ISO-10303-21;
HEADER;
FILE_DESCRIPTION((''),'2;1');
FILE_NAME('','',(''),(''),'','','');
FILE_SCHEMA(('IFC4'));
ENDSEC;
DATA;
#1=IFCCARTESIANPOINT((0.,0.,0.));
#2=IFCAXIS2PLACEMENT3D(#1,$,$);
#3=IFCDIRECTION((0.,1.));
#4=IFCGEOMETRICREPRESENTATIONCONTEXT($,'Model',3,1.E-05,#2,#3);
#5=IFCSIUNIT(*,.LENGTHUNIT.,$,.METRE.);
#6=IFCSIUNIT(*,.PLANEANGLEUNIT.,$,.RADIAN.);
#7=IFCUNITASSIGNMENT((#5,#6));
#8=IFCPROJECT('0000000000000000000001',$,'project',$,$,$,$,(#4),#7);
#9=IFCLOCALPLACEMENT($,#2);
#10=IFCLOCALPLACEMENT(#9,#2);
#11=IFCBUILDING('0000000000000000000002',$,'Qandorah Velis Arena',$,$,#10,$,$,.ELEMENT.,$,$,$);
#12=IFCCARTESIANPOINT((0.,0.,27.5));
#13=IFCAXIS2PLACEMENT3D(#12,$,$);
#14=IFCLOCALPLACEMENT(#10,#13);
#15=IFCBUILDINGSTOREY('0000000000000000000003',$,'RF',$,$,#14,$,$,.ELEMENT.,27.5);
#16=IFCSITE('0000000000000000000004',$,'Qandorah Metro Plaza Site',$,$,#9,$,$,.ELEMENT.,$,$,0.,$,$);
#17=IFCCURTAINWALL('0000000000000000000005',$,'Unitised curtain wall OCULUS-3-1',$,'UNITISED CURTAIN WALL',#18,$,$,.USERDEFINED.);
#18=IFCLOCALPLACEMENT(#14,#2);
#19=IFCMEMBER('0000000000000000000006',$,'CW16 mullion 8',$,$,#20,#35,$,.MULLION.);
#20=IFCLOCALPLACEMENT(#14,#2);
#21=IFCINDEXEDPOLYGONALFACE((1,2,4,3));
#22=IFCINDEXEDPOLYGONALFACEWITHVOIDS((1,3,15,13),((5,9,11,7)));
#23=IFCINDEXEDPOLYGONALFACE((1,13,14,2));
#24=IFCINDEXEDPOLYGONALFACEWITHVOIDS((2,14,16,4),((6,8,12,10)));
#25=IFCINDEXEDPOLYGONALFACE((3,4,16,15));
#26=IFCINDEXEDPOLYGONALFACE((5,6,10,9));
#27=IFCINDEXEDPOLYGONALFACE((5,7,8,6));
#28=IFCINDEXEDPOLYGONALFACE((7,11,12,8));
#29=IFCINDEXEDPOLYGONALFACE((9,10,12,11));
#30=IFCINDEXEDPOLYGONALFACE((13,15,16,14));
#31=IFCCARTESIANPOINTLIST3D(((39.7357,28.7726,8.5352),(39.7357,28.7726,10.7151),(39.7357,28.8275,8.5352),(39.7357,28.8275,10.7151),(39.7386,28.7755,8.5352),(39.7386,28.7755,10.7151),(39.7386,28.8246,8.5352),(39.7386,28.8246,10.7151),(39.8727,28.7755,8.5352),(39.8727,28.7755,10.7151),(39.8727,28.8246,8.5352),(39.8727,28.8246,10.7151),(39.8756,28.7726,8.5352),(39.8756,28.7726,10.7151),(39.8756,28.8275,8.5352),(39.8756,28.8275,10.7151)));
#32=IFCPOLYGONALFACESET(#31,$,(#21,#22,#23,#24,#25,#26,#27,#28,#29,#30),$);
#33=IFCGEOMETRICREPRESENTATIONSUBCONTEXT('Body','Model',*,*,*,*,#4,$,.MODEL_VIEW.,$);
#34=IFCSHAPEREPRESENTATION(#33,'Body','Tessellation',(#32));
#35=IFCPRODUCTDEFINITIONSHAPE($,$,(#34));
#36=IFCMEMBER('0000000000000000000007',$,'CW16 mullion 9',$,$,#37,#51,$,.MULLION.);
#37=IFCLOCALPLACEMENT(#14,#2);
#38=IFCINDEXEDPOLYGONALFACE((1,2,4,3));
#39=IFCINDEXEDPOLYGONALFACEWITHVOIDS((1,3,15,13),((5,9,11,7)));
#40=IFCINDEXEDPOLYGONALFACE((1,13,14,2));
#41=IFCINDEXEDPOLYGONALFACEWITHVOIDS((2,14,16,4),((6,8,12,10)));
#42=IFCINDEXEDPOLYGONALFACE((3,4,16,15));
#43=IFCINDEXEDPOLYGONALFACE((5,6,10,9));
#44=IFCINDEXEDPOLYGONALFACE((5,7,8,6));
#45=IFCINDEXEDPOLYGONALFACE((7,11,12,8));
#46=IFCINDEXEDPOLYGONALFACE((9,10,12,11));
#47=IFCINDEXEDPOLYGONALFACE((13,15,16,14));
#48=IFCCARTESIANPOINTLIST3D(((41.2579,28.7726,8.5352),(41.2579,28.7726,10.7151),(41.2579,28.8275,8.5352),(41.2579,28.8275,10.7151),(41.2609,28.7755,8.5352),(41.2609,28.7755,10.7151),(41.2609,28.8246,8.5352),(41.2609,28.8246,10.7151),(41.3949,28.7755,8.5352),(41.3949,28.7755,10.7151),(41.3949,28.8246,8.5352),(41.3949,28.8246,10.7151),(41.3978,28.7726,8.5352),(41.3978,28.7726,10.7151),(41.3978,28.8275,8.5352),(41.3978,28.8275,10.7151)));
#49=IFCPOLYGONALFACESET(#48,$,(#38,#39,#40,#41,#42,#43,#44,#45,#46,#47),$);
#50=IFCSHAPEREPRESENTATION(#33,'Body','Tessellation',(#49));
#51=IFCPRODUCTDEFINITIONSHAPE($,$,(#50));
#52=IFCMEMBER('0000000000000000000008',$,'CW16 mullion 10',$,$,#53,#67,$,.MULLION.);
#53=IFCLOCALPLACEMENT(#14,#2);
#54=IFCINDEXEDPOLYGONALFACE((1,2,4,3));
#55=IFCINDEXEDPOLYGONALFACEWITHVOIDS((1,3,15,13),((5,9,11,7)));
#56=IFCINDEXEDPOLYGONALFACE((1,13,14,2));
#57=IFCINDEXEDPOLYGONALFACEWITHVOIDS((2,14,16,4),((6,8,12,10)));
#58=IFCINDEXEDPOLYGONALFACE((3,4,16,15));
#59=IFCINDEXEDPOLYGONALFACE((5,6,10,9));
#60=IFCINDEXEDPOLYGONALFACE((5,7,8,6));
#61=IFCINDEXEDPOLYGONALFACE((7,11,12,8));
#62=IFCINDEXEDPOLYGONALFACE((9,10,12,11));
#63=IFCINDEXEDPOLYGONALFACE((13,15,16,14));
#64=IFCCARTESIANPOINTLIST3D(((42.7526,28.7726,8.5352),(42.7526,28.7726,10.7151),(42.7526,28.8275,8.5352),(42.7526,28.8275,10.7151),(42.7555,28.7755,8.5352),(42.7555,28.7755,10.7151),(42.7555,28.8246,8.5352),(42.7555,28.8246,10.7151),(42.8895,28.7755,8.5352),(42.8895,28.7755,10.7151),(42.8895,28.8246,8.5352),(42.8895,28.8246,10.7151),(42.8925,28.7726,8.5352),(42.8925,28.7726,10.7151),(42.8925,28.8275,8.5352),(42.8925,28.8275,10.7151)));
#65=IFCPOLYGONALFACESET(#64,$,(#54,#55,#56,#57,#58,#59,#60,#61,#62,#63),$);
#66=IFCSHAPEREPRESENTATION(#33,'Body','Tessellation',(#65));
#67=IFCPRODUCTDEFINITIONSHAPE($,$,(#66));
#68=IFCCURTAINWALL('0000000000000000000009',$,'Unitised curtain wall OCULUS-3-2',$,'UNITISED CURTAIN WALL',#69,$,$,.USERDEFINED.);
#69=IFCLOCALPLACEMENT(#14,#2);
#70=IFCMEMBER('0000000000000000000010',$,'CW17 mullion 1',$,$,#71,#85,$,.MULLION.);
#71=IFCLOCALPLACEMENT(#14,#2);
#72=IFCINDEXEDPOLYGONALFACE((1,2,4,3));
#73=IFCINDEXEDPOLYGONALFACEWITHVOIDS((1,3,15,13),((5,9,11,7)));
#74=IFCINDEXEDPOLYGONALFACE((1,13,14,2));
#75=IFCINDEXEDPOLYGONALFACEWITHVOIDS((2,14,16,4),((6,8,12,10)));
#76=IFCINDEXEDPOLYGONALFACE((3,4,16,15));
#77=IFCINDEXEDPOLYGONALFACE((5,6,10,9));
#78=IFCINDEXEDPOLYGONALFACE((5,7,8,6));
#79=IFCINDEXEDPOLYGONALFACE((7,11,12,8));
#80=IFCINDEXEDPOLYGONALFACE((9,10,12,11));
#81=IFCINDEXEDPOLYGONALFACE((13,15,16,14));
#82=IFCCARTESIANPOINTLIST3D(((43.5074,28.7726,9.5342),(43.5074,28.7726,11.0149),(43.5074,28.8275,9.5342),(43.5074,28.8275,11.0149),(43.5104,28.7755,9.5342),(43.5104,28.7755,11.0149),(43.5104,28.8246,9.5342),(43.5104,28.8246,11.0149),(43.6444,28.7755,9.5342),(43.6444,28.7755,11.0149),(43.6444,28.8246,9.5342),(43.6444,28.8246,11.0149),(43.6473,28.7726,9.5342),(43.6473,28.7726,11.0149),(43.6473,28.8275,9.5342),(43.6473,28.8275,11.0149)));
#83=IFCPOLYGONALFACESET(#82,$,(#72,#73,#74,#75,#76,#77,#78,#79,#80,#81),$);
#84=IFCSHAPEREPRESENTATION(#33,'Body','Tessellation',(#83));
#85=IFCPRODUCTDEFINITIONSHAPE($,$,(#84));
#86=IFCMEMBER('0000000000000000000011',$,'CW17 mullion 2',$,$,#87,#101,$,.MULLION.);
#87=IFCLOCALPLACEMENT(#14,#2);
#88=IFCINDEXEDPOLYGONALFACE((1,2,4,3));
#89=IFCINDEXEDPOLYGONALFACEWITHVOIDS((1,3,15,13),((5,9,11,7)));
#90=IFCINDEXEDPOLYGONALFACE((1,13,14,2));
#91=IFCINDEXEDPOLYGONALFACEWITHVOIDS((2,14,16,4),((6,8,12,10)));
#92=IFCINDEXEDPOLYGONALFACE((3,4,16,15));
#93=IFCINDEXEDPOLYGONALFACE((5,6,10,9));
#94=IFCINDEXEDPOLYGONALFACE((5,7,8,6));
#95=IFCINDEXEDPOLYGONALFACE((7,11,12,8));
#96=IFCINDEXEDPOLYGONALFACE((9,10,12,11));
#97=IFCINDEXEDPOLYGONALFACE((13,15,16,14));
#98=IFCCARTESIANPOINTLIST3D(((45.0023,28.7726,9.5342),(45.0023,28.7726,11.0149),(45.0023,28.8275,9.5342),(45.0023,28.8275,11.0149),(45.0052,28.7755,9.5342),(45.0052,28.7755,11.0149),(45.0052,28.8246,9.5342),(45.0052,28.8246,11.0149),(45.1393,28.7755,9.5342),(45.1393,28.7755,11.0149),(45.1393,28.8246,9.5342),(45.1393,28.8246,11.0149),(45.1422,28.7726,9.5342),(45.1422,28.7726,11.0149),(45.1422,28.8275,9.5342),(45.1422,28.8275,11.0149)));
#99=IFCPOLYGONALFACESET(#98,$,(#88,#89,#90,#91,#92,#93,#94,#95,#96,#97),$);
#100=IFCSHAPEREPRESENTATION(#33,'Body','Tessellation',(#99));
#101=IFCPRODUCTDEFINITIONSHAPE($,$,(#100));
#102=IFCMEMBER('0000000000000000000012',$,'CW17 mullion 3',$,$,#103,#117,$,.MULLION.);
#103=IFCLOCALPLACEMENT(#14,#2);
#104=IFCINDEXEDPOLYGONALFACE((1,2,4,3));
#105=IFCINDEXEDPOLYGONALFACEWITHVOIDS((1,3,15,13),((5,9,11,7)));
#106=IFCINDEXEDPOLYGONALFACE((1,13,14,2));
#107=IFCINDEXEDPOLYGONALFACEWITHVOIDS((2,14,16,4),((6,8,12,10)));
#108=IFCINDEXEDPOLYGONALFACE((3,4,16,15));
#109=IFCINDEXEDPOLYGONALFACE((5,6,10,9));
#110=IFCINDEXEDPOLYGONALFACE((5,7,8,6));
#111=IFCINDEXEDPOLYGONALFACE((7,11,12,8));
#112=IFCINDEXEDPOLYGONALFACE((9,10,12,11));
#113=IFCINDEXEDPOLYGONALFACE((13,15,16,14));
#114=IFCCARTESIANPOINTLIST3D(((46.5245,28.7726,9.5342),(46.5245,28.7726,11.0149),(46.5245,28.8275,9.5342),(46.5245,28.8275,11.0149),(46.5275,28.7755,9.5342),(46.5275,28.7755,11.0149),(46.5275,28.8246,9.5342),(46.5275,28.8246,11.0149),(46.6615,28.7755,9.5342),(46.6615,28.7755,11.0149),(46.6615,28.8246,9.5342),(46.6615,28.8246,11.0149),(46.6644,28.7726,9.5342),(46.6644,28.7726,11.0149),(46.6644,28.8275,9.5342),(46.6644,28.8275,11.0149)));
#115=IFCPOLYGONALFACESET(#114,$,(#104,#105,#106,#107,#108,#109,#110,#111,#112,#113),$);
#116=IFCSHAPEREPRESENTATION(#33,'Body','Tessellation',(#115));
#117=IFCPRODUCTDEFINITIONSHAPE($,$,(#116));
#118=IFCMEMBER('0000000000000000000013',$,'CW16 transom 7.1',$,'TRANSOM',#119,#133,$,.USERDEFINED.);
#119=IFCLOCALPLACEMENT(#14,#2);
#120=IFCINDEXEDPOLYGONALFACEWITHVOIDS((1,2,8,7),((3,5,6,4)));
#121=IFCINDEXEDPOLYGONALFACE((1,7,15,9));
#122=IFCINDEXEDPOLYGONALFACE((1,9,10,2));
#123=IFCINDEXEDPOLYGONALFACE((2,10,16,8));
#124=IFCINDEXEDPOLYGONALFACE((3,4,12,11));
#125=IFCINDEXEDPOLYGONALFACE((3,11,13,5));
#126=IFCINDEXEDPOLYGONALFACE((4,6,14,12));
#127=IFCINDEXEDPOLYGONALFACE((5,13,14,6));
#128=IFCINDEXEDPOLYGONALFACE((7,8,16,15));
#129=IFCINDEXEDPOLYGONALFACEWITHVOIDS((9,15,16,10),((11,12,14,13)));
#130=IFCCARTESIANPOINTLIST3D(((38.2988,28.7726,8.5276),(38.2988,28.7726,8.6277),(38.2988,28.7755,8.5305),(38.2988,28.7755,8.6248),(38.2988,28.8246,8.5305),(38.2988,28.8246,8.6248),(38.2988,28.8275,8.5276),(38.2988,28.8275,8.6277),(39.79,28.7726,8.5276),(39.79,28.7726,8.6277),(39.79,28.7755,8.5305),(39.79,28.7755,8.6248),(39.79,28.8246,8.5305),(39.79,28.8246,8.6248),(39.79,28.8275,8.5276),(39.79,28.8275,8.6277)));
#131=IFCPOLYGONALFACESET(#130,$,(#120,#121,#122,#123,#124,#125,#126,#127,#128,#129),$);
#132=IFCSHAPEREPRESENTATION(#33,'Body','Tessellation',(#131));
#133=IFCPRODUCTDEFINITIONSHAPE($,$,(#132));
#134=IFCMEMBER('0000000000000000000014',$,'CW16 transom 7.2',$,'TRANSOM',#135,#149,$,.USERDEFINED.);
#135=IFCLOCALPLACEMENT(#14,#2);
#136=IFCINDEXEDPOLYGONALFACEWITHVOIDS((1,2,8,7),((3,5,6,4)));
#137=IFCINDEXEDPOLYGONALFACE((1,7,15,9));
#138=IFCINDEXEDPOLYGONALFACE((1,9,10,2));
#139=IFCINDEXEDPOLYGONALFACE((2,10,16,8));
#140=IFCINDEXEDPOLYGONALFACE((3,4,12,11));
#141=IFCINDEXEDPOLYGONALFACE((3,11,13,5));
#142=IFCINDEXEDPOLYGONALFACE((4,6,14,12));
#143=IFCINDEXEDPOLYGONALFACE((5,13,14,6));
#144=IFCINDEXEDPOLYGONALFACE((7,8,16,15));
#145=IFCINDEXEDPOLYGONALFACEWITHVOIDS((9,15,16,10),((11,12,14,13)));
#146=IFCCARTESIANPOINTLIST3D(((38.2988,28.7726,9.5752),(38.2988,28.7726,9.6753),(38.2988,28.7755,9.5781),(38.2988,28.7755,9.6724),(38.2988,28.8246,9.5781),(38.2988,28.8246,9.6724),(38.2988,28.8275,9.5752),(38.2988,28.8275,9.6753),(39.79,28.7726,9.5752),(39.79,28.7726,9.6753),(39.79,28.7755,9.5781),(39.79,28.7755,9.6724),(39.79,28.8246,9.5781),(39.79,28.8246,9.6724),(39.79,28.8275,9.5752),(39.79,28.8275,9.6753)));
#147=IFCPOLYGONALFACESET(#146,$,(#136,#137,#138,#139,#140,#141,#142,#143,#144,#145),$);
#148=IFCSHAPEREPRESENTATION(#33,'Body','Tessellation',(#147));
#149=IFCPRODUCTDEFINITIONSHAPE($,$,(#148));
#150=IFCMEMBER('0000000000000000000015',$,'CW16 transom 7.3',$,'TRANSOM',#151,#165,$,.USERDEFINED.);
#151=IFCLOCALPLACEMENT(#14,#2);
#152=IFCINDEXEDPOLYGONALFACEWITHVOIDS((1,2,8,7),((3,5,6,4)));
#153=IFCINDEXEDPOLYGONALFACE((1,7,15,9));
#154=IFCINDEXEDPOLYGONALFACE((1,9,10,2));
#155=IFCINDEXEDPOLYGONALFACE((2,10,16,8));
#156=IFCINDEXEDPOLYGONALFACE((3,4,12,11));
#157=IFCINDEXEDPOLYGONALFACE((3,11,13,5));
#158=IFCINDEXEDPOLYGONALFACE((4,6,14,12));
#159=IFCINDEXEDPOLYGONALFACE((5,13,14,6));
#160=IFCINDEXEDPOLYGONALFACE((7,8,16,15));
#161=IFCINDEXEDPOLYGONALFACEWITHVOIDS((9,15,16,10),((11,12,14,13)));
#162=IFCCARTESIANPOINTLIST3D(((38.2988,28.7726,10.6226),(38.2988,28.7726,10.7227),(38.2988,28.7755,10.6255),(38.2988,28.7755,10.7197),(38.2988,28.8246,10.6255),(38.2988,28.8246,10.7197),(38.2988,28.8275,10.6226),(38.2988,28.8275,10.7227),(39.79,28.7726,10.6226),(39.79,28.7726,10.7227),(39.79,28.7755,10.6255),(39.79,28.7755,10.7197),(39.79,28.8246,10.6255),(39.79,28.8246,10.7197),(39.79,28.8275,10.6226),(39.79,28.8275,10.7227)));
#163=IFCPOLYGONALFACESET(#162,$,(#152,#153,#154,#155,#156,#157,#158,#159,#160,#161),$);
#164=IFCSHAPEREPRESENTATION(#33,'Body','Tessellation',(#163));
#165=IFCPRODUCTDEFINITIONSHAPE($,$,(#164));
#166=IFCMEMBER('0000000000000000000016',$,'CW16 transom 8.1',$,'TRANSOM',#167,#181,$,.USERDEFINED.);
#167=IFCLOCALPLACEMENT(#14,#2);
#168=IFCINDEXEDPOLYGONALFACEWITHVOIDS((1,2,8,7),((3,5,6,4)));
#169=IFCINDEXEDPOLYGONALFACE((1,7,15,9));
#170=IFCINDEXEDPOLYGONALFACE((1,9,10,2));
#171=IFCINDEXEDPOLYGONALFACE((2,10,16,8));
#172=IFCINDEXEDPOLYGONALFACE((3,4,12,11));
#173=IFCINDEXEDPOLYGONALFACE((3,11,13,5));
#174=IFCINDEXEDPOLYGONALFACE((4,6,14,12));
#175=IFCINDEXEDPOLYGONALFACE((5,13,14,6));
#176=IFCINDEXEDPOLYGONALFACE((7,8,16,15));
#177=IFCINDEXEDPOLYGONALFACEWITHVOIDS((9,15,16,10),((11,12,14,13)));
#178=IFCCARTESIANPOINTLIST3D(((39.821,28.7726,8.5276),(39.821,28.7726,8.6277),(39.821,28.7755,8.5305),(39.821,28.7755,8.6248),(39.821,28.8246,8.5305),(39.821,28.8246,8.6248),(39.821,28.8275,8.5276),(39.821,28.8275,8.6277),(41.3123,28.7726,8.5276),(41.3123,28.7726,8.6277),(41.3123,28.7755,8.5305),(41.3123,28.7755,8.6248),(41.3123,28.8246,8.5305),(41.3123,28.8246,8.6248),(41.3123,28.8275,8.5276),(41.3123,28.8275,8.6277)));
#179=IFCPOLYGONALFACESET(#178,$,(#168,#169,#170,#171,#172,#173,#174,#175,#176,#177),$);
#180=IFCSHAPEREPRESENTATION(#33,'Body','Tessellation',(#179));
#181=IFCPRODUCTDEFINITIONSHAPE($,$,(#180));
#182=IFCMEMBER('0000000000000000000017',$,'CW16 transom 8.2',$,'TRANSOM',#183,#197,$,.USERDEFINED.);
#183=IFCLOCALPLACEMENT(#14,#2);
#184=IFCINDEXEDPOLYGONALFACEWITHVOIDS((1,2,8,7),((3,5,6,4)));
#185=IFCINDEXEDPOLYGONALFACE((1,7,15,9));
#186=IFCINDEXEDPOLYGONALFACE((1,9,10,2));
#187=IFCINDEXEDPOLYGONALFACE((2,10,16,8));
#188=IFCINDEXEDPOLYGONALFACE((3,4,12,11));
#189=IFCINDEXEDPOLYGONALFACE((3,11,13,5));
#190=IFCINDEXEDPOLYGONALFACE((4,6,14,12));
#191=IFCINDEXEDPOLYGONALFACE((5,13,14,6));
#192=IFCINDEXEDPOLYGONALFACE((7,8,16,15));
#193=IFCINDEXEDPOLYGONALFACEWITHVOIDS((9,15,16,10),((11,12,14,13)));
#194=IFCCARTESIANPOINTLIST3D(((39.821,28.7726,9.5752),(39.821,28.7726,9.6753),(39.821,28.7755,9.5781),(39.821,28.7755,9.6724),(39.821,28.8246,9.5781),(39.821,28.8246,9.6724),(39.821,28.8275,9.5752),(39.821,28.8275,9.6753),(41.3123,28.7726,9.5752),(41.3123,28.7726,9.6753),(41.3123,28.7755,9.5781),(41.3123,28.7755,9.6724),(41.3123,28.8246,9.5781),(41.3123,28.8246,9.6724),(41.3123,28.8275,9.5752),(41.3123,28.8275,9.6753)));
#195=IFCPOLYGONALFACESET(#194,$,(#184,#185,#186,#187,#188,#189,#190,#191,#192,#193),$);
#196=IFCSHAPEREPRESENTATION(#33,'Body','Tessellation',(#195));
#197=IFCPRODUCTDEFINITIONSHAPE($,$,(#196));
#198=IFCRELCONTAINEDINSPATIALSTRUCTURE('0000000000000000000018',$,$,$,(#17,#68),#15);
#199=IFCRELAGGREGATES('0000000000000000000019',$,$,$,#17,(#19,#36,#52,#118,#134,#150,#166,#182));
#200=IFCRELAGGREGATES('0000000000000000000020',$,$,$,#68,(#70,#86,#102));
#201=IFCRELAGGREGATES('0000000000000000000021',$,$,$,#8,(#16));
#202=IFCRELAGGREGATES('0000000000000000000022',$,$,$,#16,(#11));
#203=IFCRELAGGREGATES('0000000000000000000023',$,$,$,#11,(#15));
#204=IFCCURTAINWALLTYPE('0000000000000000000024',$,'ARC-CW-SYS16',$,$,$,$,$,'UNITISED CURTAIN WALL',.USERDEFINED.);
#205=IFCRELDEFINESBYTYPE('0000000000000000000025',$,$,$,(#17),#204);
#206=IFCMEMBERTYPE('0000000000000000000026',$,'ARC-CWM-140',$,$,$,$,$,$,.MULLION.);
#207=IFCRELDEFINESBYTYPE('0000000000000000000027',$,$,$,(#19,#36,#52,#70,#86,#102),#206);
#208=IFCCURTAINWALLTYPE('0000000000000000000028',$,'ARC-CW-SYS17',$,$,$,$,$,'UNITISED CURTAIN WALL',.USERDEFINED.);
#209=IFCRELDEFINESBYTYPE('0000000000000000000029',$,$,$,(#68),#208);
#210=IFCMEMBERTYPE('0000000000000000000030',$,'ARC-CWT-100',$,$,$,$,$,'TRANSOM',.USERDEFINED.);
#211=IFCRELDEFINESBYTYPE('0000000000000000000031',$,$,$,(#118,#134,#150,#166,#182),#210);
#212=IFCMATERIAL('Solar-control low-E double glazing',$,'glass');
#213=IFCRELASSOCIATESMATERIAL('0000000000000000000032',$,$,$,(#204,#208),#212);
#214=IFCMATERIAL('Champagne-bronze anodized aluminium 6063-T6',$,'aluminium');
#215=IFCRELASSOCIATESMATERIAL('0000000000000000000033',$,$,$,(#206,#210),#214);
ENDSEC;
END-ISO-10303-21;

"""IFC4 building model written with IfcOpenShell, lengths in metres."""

from ifc_helpers import new_model, si_unit, direction, frame, origin, origin_2d, place, context, subcontext, project, spatial, hollow_rectangle, extrude, material, material_profile, profile_set, type_object, element, aggregate, save


model = new_model("IFC4")

# Units and contexts
model_context = context("Model", 3, precision=1e-05, world=origin(), true_north=direction((0.0, 1.0)))
body_context = subcontext(model_context, "Body", "Model", "MODEL_VIEW")
ifc_project = project(units=[si_unit("LENGTHUNIT", "METRE"), si_unit("PLANEANGLEUNIT", "RADIAN")], contexts=[model_context])

# Site, building, storey
site_placement = place(None, origin())
site = spatial("IfcSite", under=ifc_project, at=site_placement, Name="Qandorah Metro Plaza Site", CompositionType="ELEMENT", RefElevation=0.0)
building_placement = place(site_placement, origin())
building = spatial("IfcBuilding", under=site, at=building_placement, Name="Qandorah Velis Arena", CompositionType="ELEMENT")
storey_placement = place(building_placement, frame((0.0, 0.0, 27.5)))
storey = spatial("IfcBuildingStorey", under=building, at=storey_placement, Name="RF", CompositionType="ELEMENT", Elevation=27.5)

# Curtain walls, members
ifc_material_1 = material(Name="Solar-control low-E double glazing", Category="glass")
curtain_wall_type_1 = type_object("IfcCurtainWallType", Name="ARC-CW-SYS16", ElementType="UNITISED CURTAIN WALL", PredefinedType="USERDEFINED", material=ifc_material_1)
curtain_wall_1_placement = place(storey_placement, origin())
curtain_wall_1 = element("IfcCurtainWall", 1, at=curtain_wall_1_placement, inside=storey, type_object=curtain_wall_type_1, Name="Unitised curtain wall OCULUS-3-1", ObjectType="UNITISED CURTAIN WALL", PredefinedType="USERDEFINED")
ifc_material_2 = material(Name="Champagne-bronze anodized aluminium 6063-T6", Category="aluminium")
ifc_material_profile_1 = material_profile(ifc_material_2, hollow_rectangle(XDim=0.0549, YDim=0.1399, WallThickness=0.0029, at=origin_2d()), Name="ALU MULLION 55x140")
ifc_profile_set_1 = profile_set([ifc_material_profile_1], Name="Champagne-bronze anodized aluminium 6063-T6")
member_type_1 = type_object("IfcMemberType", Name="ARC-CWM-140", PredefinedType="MULLION", material=ifc_profile_set_1)
member_1_placement = place(storey_placement, frame((39.8057, 28.8, 8.5352), z_axis=(0.0, 0.0, 1.0), x_axis=(0.0, 1.0, 0.0)))
member_1 = element("IfcMember", 2, at=member_1_placement, type_object=member_type_1, Name="CW16 mullion 8", PredefinedType="MULLION", context=body_context, shape_type="SweptSolid", body=[
    extrude(hollow_rectangle(XDim=0.0549, YDim=0.1399, WallThickness=0.0029, at=origin_2d()), origin(), (0.0, 0.0, 1.0), 2.1799),
])
member_2_placement = place(storey_placement, frame((41.3279, 28.8, 8.5352), z_axis=(0.0, 0.0, 1.0), x_axis=(0.0, 1.0, 0.0)))
member_2 = element("IfcMember", 3, at=member_2_placement, type_object=member_type_1, Name="CW16 mullion 9", PredefinedType="MULLION", context=body_context, shape_type="SweptSolid", body=[
    extrude(hollow_rectangle(XDim=0.0549, YDim=0.1399, WallThickness=0.0029, at=origin_2d()), origin(), (0.0, 0.0, 1.0), 2.1799),
])
member_3_placement = place(storey_placement, frame((42.8225, 28.8, 8.5352), z_axis=(0.0, 0.0, 1.0), x_axis=(0.0, 1.0, 0.0)))
member_3 = element("IfcMember", 4, at=member_3_placement, type_object=member_type_1, Name="CW16 mullion 10", PredefinedType="MULLION", context=body_context, shape_type="SweptSolid", body=[
    extrude(hollow_rectangle(XDim=0.0549, YDim=0.1399, WallThickness=0.0029, at=origin_2d()), origin(), (0.0, 0.0, 1.0), 2.1799),
])
curtain_wall_type_2 = type_object("IfcCurtainWallType", Name="ARC-CW-SYS17", ElementType="UNITISED CURTAIN WALL", PredefinedType="USERDEFINED", material=ifc_material_1)
curtain_wall_2_placement = place(storey_placement, origin())
curtain_wall_2 = element("IfcCurtainWall", 5, at=curtain_wall_2_placement, inside=storey, type_object=curtain_wall_type_2, Name="Unitised curtain wall OCULUS-3-2", ObjectType="UNITISED CURTAIN WALL", PredefinedType="USERDEFINED")
member_4_placement = place(storey_placement, frame((43.5774, 28.8, 9.5342), z_axis=(0.0, 0.0, 1.0), x_axis=(0.0, 1.0, 0.0)))
member_4 = element("IfcMember", 6, at=member_4_placement, type_object=member_type_1, Name="CW17 mullion 1", PredefinedType="MULLION", context=body_context, shape_type="SweptSolid", body=[
    extrude(hollow_rectangle(XDim=0.0549, YDim=0.1399, WallThickness=0.0029, at=origin_2d()), origin(), (0.0, 0.0, 1.0), 1.4807),
])
member_5_placement = place(storey_placement, frame((45.0723, 28.8, 9.5342), z_axis=(0.0, 0.0, 1.0), x_axis=(0.0, 1.0, 0.0)))
member_5 = element("IfcMember", 7, at=member_5_placement, type_object=member_type_1, Name="CW17 mullion 2", PredefinedType="MULLION", context=body_context, shape_type="SweptSolid", body=[
    extrude(hollow_rectangle(XDim=0.0549, YDim=0.1399, WallThickness=0.0029, at=origin_2d()), origin(), (0.0, 0.0, 1.0), 1.4807),
])
member_6_placement = place(storey_placement, frame((46.5945, 28.8, 9.5342), z_axis=(0.0, 0.0, 1.0), x_axis=(0.0, 1.0, 0.0)))
member_6 = element("IfcMember", 8, at=member_6_placement, type_object=member_type_1, Name="CW17 mullion 3", PredefinedType="MULLION", context=body_context, shape_type="SweptSolid", body=[
    extrude(hollow_rectangle(XDim=0.0549, YDim=0.1399, WallThickness=0.0029, at=origin_2d()), origin(), (0.0, 0.0, 1.0), 1.4807),
])

# Members
ifc_material_profile_2 = material_profile(ifc_material_2, hollow_rectangle(XDim=0.0549, YDim=0.1001, WallThickness=0.0029, at=origin_2d()), Name="ALU TRANSOM 55x100")
ifc_profile_set_2 = profile_set([ifc_material_profile_2], Name="Champagne-bronze anodized aluminium 6063-T6")
member_type_2 = type_object("IfcMemberType", Name="ARC-CWT-100", ElementType="TRANSOM", PredefinedType="USERDEFINED", material=ifc_profile_set_2)
member_7_placement = place(storey_placement, frame((38.2988, 28.8, 8.5776), z_axis=(1.0, 0.0, 0.0), x_axis=(0.0, 1.0, 0.0)))
member_7 = element("IfcMember", 9, at=member_7_placement, type_object=member_type_2, Name="CW16 transom 7.1", ObjectType="TRANSOM", PredefinedType="USERDEFINED", context=body_context, shape_type="SweptSolid", body=[
    extrude(hollow_rectangle(XDim=0.0549, YDim=0.1001, WallThickness=0.0029, at=origin_2d()), origin(), (0.0, 0.0, 1.0), 1.4912),
])
member_8_placement = place(storey_placement, frame((38.2988, 28.8, 9.6252), z_axis=(1.0, 0.0, 0.0), x_axis=(0.0, 1.0, 0.0)))
member_8 = element("IfcMember", 10, at=member_8_placement, type_object=member_type_2, Name="CW16 transom 7.2", ObjectType="TRANSOM", PredefinedType="USERDEFINED", context=body_context, shape_type="SweptSolid", body=[
    extrude(hollow_rectangle(XDim=0.0549, YDim=0.1001, WallThickness=0.0029, at=origin_2d()), origin(), (0.0, 0.0, 1.0), 1.4912),
])
member_9_placement = place(storey_placement, frame((38.2988, 28.8, 10.6726), z_axis=(1.0, 0.0, 0.0), x_axis=(0.0, 1.0, 0.0)))
member_9 = element("IfcMember", 11, at=member_9_placement, type_object=member_type_2, Name="CW16 transom 7.3", ObjectType="TRANSOM", PredefinedType="USERDEFINED", context=body_context, shape_type="SweptSolid", body=[
    extrude(hollow_rectangle(XDim=0.0549, YDim=0.1001, WallThickness=0.0029, at=origin_2d()), origin(), (0.0, 0.0, 1.0), 1.4912),
])
member_10_placement = place(storey_placement, frame((39.821, 28.8, 8.5776), z_axis=(1.0, 0.0, 0.0), x_axis=(0.0, 1.0, 0.0)))
member_10 = element("IfcMember", 12, at=member_10_placement, type_object=member_type_2, Name="CW16 transom 8.1", ObjectType="TRANSOM", PredefinedType="USERDEFINED", context=body_context, shape_type="SweptSolid", body=[
    extrude(hollow_rectangle(XDim=0.0549, YDim=0.1001, WallThickness=0.0029, at=origin_2d()), origin(), (0.0, 0.0, 1.0), 1.4912),
])
member_11_placement = place(storey_placement, frame((39.821, 28.8, 9.6252), z_axis=(1.0, 0.0, 0.0), x_axis=(0.0, 1.0, 0.0)))
member_11 = element("IfcMember", 13, at=member_11_placement, type_object=member_type_2, Name="CW16 transom 8.2", ObjectType="TRANSOM", PredefinedType="USERDEFINED", context=body_context, shape_type="SweptSolid", body=[
    extrude(hollow_rectangle(XDim=0.0549, YDim=0.1001, WallThickness=0.0029, at=origin_2d()), origin(), (0.0, 0.0, 1.0), 1.4912),
])

aggregate(curtain_wall_1, [member_1, member_2, member_3, member_7, member_8, member_9, member_10, member_11])
aggregate(curtain_wall_2, [member_4, member_5, member_6])

save(model, "model.ifc")
